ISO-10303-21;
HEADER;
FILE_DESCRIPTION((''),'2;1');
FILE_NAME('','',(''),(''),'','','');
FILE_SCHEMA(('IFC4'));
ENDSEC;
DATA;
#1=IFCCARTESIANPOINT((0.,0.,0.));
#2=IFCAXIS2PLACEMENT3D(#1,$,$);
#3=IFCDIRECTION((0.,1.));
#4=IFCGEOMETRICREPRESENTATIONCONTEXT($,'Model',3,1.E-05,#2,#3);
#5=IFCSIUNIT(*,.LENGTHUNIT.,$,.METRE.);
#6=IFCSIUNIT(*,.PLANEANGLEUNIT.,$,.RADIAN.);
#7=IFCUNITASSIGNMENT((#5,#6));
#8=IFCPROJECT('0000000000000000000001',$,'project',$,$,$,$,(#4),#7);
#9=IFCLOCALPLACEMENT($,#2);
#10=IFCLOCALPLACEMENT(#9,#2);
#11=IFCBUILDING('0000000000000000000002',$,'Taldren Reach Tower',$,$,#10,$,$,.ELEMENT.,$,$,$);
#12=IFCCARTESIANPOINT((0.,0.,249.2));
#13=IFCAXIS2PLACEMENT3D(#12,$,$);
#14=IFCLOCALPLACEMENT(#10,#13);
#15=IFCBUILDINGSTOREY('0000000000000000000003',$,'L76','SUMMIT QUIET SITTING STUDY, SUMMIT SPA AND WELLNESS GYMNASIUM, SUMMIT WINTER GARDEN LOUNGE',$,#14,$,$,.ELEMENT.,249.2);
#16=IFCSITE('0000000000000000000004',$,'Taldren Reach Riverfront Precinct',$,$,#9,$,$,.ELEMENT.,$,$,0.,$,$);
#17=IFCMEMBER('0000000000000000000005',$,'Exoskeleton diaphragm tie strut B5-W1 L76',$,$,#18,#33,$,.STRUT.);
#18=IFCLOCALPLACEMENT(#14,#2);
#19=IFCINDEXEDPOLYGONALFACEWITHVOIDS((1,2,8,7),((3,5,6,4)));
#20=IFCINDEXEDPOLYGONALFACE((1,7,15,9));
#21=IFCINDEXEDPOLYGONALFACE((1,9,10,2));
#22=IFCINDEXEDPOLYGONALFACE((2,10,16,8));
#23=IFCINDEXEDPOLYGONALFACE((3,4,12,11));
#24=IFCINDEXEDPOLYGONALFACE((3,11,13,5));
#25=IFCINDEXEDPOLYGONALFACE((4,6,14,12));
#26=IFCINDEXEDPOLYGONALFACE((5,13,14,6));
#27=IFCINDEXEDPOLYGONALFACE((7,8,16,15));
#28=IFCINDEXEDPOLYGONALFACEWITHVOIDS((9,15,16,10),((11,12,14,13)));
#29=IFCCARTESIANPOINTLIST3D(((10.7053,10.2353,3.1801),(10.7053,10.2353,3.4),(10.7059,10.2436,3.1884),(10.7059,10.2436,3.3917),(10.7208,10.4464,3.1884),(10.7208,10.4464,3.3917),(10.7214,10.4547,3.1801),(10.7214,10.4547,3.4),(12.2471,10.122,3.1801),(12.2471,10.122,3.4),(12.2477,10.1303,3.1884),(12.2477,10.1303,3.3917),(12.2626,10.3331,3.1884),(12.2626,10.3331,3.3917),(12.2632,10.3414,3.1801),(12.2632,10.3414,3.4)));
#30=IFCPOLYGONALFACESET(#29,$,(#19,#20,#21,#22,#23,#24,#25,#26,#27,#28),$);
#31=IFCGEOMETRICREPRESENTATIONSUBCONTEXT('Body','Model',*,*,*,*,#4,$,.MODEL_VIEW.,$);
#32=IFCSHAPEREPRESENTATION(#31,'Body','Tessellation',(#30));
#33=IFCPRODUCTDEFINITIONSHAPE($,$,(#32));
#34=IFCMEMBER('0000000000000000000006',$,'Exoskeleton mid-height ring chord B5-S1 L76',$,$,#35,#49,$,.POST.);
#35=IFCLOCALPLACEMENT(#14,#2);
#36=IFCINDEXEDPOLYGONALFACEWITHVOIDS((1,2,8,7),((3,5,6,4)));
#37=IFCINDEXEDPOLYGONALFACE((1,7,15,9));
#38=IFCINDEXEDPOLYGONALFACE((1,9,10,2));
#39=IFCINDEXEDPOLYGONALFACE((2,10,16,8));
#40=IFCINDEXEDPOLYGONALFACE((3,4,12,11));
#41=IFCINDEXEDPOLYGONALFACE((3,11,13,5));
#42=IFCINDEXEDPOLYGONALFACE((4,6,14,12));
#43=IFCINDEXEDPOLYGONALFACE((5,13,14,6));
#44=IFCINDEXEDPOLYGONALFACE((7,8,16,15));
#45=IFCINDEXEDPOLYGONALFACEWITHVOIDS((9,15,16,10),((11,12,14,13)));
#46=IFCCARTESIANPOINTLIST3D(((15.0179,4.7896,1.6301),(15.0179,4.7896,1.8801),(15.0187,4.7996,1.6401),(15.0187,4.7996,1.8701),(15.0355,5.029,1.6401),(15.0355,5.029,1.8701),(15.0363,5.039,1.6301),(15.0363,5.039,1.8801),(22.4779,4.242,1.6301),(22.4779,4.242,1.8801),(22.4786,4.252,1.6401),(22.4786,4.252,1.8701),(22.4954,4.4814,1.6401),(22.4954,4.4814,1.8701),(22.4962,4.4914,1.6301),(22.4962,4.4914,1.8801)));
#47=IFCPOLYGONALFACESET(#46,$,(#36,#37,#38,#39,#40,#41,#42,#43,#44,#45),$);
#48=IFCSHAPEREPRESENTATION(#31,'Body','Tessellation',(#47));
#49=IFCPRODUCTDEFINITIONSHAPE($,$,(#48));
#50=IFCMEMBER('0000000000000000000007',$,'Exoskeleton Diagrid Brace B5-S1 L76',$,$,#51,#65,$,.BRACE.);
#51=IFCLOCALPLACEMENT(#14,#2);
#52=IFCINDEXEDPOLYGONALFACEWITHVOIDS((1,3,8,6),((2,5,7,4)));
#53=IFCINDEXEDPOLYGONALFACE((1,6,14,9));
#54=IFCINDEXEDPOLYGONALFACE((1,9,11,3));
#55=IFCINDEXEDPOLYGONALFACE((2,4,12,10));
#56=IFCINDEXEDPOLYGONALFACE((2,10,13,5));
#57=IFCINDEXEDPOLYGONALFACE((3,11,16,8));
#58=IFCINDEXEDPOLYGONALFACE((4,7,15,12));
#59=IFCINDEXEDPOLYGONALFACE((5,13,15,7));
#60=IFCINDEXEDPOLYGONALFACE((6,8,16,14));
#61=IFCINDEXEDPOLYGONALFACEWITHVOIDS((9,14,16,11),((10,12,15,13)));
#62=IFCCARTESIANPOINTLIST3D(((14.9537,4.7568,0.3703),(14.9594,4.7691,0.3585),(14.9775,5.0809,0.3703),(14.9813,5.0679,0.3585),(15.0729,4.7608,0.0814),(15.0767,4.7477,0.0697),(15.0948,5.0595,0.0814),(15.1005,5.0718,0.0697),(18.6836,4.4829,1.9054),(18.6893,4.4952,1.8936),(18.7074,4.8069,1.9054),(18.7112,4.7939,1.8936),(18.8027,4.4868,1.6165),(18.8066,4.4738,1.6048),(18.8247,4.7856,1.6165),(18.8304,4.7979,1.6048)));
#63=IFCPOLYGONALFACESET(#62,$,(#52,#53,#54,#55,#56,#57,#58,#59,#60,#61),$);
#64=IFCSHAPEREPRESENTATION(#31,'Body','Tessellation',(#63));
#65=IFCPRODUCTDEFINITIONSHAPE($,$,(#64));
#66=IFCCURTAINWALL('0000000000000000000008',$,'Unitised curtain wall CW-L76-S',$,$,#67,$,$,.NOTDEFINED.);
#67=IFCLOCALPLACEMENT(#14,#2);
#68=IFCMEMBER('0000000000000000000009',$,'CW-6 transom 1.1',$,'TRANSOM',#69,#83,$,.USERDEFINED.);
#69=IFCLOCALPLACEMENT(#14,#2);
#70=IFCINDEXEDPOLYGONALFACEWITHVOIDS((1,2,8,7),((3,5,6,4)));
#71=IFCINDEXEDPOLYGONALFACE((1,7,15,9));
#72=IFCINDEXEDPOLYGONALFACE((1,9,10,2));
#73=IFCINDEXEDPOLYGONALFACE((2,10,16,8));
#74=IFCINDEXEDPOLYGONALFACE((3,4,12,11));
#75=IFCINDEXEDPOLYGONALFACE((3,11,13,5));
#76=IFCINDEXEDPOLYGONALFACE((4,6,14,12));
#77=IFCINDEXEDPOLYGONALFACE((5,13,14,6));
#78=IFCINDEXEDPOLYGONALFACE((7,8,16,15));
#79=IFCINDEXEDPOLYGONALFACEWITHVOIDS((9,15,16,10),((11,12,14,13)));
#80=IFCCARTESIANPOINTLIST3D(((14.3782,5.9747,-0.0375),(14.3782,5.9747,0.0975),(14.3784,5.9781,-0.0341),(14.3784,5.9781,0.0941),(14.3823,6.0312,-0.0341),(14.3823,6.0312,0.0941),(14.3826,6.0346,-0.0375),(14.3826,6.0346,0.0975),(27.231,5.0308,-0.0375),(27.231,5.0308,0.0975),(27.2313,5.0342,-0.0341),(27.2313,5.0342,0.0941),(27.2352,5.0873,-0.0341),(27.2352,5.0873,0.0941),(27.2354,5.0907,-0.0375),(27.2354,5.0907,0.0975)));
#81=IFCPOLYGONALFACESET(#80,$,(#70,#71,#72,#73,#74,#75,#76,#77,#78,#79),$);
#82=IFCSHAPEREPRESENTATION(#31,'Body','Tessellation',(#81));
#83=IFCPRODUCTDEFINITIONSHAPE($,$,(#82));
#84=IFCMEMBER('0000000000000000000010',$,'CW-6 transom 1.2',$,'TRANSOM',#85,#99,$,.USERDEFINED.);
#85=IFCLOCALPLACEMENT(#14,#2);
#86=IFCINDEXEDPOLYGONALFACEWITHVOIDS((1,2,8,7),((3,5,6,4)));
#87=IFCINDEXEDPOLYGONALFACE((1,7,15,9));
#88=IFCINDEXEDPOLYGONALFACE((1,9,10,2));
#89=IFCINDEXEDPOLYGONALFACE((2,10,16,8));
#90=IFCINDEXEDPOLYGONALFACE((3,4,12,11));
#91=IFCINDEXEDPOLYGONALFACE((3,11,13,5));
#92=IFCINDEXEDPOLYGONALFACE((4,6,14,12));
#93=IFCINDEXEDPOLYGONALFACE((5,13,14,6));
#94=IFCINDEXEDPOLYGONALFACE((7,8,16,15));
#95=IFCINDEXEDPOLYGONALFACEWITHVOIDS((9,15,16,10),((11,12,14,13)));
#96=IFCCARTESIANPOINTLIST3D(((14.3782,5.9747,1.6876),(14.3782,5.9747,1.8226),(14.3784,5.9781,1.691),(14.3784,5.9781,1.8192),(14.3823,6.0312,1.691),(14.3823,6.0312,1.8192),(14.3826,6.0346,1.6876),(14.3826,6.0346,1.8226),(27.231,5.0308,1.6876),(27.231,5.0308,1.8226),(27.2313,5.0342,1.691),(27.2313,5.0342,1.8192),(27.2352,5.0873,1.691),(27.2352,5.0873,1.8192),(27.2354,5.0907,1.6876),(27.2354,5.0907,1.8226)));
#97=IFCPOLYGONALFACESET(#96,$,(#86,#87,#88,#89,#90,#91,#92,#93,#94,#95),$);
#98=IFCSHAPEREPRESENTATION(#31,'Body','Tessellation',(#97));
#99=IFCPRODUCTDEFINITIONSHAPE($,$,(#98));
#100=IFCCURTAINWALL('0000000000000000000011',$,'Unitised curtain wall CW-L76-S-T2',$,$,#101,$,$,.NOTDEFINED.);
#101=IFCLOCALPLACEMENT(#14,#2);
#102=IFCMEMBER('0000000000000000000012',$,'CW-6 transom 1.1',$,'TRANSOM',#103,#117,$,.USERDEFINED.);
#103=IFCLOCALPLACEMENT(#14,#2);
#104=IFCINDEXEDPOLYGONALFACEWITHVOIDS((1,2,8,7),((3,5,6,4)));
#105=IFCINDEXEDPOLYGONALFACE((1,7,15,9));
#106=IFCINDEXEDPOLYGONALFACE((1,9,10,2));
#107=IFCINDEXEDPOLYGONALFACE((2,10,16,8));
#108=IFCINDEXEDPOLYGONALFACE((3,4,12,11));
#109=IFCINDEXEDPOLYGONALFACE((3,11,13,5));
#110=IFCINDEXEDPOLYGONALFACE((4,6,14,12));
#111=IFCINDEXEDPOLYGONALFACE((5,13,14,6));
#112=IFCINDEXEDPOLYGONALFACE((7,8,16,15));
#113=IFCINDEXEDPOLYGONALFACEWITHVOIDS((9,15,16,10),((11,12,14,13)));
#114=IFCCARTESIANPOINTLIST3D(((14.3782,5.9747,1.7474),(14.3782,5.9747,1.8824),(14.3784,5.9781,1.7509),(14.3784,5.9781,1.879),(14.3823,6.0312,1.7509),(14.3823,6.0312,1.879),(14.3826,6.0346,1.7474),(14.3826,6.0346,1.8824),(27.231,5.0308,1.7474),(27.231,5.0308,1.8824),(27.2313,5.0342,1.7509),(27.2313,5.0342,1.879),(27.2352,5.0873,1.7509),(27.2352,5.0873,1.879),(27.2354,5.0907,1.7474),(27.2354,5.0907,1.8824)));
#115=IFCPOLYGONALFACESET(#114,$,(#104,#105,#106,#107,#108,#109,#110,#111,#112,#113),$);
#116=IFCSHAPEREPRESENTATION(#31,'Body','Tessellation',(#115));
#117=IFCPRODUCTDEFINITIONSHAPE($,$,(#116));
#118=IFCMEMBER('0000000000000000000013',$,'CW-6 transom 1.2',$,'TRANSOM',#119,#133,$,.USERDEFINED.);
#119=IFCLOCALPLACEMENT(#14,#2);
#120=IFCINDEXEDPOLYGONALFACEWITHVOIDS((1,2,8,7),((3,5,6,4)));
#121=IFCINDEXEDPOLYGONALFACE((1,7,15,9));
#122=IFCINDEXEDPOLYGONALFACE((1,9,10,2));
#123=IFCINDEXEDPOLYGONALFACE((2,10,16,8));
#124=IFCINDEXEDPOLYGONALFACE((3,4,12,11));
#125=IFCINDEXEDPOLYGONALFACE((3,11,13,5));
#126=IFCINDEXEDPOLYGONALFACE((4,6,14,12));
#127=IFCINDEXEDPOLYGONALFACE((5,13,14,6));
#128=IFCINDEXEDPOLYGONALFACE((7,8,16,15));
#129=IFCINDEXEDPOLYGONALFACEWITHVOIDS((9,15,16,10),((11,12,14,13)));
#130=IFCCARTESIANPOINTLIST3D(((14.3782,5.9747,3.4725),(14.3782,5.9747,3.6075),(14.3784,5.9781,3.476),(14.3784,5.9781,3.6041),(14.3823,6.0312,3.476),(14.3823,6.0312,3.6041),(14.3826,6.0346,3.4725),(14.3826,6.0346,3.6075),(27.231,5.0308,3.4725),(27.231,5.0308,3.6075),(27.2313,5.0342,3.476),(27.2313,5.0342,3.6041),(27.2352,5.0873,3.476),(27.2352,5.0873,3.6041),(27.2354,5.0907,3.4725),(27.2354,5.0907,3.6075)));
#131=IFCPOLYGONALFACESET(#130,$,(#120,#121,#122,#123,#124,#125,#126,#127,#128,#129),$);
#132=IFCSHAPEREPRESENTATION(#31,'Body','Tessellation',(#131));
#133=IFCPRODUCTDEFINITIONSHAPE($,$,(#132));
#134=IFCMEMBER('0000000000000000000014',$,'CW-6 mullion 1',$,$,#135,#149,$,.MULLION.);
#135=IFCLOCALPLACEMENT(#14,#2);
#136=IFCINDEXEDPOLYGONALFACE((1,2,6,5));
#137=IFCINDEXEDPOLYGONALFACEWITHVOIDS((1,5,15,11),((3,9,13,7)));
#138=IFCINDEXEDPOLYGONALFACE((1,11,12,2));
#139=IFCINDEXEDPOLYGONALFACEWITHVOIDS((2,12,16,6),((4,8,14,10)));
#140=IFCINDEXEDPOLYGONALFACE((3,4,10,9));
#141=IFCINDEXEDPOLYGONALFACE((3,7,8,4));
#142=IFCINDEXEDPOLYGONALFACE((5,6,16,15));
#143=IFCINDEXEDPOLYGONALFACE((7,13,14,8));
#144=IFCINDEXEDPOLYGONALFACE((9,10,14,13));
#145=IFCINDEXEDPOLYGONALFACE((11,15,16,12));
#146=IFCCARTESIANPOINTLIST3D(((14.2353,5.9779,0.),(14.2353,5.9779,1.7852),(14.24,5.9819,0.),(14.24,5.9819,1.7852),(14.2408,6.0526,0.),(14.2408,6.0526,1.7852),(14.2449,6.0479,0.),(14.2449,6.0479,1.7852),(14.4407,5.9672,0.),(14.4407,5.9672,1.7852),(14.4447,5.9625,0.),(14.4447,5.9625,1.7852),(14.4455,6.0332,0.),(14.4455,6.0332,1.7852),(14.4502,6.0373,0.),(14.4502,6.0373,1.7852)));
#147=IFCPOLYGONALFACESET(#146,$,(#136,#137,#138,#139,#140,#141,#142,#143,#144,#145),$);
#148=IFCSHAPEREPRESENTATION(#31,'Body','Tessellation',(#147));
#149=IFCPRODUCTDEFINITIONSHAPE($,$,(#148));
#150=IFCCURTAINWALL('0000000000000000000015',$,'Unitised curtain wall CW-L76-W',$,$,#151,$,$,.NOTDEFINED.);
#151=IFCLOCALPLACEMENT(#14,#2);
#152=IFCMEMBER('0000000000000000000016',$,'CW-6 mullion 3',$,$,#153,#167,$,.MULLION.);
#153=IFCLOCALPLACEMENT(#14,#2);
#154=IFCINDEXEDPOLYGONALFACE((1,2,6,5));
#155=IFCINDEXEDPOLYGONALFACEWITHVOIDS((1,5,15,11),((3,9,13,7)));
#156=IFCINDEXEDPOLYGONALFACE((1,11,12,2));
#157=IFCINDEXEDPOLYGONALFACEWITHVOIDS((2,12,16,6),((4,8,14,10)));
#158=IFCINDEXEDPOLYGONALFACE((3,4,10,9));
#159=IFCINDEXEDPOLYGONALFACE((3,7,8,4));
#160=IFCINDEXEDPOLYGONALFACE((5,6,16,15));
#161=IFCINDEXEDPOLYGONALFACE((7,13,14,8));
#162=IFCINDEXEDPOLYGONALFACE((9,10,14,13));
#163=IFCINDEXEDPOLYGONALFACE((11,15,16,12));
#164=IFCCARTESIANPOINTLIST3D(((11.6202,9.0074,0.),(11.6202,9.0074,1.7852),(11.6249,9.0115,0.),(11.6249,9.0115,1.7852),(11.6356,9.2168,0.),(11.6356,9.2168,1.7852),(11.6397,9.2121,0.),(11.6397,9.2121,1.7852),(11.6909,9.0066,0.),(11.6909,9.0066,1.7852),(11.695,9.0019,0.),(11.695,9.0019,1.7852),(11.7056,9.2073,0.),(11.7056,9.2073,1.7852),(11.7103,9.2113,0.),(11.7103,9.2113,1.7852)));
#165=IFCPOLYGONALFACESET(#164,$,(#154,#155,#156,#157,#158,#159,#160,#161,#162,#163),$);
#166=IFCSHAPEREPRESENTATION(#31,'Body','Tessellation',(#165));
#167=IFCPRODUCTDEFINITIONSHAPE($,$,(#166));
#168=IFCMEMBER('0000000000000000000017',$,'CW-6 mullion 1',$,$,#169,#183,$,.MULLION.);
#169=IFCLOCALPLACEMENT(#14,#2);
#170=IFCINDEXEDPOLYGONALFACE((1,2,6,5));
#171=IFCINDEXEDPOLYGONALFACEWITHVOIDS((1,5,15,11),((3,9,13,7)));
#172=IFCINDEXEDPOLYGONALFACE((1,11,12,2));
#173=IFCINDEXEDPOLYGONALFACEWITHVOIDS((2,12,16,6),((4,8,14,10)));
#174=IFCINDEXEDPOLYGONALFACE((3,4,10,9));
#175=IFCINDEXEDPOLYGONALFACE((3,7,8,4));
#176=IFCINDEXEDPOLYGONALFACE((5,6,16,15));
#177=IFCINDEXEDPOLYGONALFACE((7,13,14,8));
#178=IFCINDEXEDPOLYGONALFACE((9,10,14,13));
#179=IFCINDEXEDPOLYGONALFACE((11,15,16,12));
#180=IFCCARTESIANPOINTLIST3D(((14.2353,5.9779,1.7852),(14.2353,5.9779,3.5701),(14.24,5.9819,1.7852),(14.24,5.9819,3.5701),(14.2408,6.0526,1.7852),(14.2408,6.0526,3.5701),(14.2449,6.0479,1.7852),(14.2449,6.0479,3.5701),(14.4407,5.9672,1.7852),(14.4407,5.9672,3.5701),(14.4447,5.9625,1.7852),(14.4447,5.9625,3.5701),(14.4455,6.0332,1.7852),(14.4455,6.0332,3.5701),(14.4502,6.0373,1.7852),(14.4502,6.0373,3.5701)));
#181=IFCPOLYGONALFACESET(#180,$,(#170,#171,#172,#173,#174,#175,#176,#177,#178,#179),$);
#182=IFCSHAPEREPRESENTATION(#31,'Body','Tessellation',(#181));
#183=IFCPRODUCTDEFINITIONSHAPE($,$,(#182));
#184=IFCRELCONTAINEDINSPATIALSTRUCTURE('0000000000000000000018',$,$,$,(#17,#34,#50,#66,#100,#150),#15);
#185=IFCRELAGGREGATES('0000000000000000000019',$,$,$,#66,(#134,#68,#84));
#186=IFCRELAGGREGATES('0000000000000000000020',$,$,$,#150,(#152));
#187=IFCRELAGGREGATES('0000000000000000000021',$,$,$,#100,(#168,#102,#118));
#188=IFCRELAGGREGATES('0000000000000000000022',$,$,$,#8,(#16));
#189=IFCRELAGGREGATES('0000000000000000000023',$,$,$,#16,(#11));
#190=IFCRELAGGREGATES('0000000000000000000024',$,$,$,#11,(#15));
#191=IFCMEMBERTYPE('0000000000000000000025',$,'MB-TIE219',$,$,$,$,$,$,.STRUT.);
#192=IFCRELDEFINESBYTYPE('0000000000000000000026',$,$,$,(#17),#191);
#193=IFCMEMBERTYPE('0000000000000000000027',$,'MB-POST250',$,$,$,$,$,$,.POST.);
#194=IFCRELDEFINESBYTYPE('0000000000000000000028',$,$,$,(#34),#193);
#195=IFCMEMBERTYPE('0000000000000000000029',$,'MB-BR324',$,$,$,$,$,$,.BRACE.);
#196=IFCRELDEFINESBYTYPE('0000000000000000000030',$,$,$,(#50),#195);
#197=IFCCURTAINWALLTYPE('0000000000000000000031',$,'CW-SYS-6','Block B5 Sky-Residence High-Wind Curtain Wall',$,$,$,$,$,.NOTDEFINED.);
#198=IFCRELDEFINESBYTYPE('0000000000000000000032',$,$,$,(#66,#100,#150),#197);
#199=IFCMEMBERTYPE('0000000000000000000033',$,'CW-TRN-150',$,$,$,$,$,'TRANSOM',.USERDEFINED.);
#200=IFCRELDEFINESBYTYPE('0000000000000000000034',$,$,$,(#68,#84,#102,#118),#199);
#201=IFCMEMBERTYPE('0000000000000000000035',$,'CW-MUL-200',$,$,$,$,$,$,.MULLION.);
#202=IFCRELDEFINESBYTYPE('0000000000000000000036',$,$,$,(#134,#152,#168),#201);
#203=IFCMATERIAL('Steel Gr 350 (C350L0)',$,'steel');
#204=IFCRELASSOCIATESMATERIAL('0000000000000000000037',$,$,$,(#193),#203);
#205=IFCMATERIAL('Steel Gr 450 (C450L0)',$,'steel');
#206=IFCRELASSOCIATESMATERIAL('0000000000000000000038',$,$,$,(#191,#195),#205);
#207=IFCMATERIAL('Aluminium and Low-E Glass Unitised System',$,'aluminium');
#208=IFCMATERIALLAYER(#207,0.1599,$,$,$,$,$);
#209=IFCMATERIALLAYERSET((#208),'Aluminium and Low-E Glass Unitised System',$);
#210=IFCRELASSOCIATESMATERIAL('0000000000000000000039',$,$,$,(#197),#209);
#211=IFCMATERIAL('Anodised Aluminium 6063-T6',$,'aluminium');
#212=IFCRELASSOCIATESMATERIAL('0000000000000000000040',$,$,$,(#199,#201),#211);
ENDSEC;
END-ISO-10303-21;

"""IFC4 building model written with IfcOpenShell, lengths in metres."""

from ifc_helpers import new_model, si_unit, direction, frame, origin, origin_2d, place, context, subcontext, project, spatial, hollow_rectangle, extrude, source, transform, mapped, material, layer, layer_set, material_profile, profile_set, type_object, element, aggregate, save


model = new_model("IFC4")

# Units and contexts
model_context = context("Model", 3, precision=1e-05, world=origin(), true_north=direction((0.0, 1.0)))
body_context = subcontext(model_context, "Body", "Model", "MODEL_VIEW")
ifc_project = project(units=[si_unit("LENGTHUNIT", "METRE"), si_unit("PLANEANGLEUNIT", "RADIAN")], contexts=[model_context])

# Site, building, storey
site_placement = place(None, origin())
site = spatial("IfcSite", under=ifc_project, at=site_placement, Name="Taldren Reach Riverfront Precinct", CompositionType="ELEMENT", RefElevation=0.0)
building_placement = place(site_placement, origin())
building = spatial("IfcBuilding", under=site, at=building_placement, Name="Taldren Reach Tower", CompositionType="ELEMENT")
storey_placement = place(building_placement, frame((0.0, 0.0, 249.2)))
storey = spatial("IfcBuildingStorey", under=building, at=storey_placement, Name="L76", Description="SUMMIT QUIET SITTING STUDY, SUMMIT SPA AND WELLNESS GYMNASIUM, SUMMIT WINTER GARDEN LOUNGE", CompositionType="ELEMENT", Elevation=249.2)

# Shared definitions
ifc_material_1 = material(Name="Steel Gr 350 (C350L0)", Category="steel")

# Shared definitions
ifc_material_profile_1 = material_profile(ifc_material_1, hollow_rectangle(XDim=0.25, YDim=0.25, WallThickness=0.01, at=origin_2d()), Name="250x250x10.0SHS")
ifc_profile_set_1 = profile_set([ifc_material_profile_1], Name="Steel Gr 350 (C350L0)")
member_type_1 = type_object("IfcMemberType", Name="MB-POST250", PredefinedType="POST", material=ifc_profile_set_1)
ifc_material_2 = material(Name="Steel Gr 450 (C450L0)", Category="steel")
ifc_material_profile_2 = material_profile(ifc_material_2, hollow_rectangle(XDim=0.22, YDim=0.22, WallThickness=0.0083, at=origin_2d()), Name="220x220x8.2SHS")
ifc_profile_set_2 = profile_set([ifc_material_profile_2], Name="Steel Gr 450 (C450L0)")
member_type_2 = type_object("IfcMemberType", Name="MB-TIE219", PredefinedType="STRUT", material=ifc_profile_set_2)

# Members
shared_shape_1 = source(origin(), body_context, "Body", "SweptSolid", [
    extrude(hollow_rectangle(XDim=0.22, YDim=0.22, WallThickness=0.0083, at=origin_2d()), origin(), (0.0, 0.0, 1.0), 1.5459),
])
member_1_placement = place(storey_placement, frame((12.2551, 10.2317, 3.29), z_axis=(-0.997312, 0.073278, 0.0), x_axis=(-0.073278, -0.997312, 0.0)))
element("IfcMember", 1, at=member_1_placement, inside=storey, type_object=member_type_2, Name="Exoskeleton diaphragm tie strut B5-W1 L76", PredefinedType="STRUT", context=body_context, shape_type="MappedRepresentation", body=[
    mapped(shared_shape_1, transform((0.0, 0.0, 0.0), scale=1.0)),
])
shared_shape_2 = source(origin(), body_context, "Body", "SweptSolid", [
    extrude(hollow_rectangle(XDim=0.25, YDim=0.25, WallThickness=0.01, at=origin_2d()), origin(), (0.0, 0.0, 1.0), 7.48),
])
member_2_placement = place(storey_placement, frame((15.0271, 4.9143, 1.7551), z_axis=(0.997317, -0.073209, 0.0), x_axis=(0.073209, 0.997317, 0.0)))
element("IfcMember", 2, at=member_2_placement, inside=storey, type_object=member_type_1, Name="Exoskeleton mid-height ring chord B5-S1 L76", PredefinedType="POST", context=body_context, shape_type="MappedRepresentation", body=[
    mapped(shared_shape_2, transform((0.0, 0.0, 0.0), scale=1.0)),
])
ifc_material_profile_3 = material_profile(ifc_material_2, hollow_rectangle(XDim=0.325, YDim=0.325, WallThickness=0.0127, at=origin_2d()), Name="325x325x12.7SHS")
ifc_profile_set_3 = profile_set([ifc_material_profile_3], Name="Steel Gr 450 (C450L0)")
member_type_3 = type_object("IfcMemberType", Name="MB-BR324", PredefinedType="BRACE", material=ifc_profile_set_3)
shared_shape_3 = source(origin(), body_context, "Body", "SweptSolid", [
    extrude(hollow_rectangle(XDim=0.325, YDim=0.325, WallThickness=0.0127, at=origin_2d()), origin(), (0.0, 0.0, 1.0), 4.0427),
])
member_3_placement = place(storey_placement, frame((15.0271, 4.9143, 0.22), z_axis=(0.922616, -0.067756, 0.379723), x_axis=(0.073242, 0.997314, 0.0)))
element("IfcMember", 3, at=member_3_placement, inside=storey, type_object=member_type_3, Name="Exoskeleton Diagrid Brace B5-S1 L76", PredefinedType="BRACE", context=body_context, shape_type="MappedRepresentation", body=[
    mapped(shared_shape_3, transform((0.0, 0.0, 0.0), scale=1.0)),
])

# Curtain walls, members
ifc_material_3 = material(Name="Aluminium and Low-E Glass Unitised System", Category="aluminium")
ifc_layer_1 = layer(ifc_material_3, 0.1599)
ifc_layer_set_1 = layer_set([ifc_layer_1], Name="Aluminium and Low-E Glass Unitised System")
curtain_wall_type = type_object("IfcCurtainWallType", Name="CW-SYS-6", Description="Block B5 Sky-Residence High-Wind Curtain Wall", PredefinedType="NOTDEFINED", material=ifc_layer_set_1)
curtain_wall_1_placement = place(storey_placement, origin())
curtain_wall_1 = element("IfcCurtainWall", 4, at=curtain_wall_1_placement, inside=storey, type_object=curtain_wall_type, Name="Unitised curtain wall CW-L76-S", PredefinedType="NOTDEFINED")
ifc_material_4 = material(Name="Anodised Aluminium 6063-T6", Category="aluminium")
ifc_material_profile_4 = material_profile(ifc_material_4, hollow_rectangle(XDim=0.0601, YDim=0.135, WallThickness=0.0034, at=origin_2d()), Name="ALU-135x60x3.5RHS")
ifc_profile_set_4 = profile_set([ifc_material_profile_4], Name="Anodised Aluminium 6063-T6")
member_type_4 = type_object("IfcMemberType", Name="CW-TRN-150", ElementType="TRANSOM", PredefinedType="USERDEFINED", material=ifc_profile_set_4)
shared_shape_4 = source(origin(), body_context, "Body", "SweptSolid", [
    extrude(hollow_rectangle(XDim=0.0601, YDim=0.135, WallThickness=0.0034, at=origin_2d()), origin(), (0.0, 0.0, 1.0), 12.8875),
])
member_4_placement = place(storey_placement, frame((14.3804, 6.0046, 0.03), z_axis=(0.997314, -0.073238, 0.0), x_axis=(0.073238, 0.997314, 0.0)))
member_4 = element("IfcMember", 5, at=member_4_placement, type_object=member_type_4, Name="CW-6 transom 1.1", ObjectType="TRANSOM", PredefinedType="USERDEFINED", context=body_context, shape_type="MappedRepresentation", body=[
    mapped(shared_shape_4, transform((0.0, 0.0, 0.0), scale=1.0)),
])
member_5_placement = place(storey_placement, frame((14.3804, 6.0046, 1.7551), z_axis=(0.997314, -0.073238, 0.0), x_axis=(0.073238, 0.997314, 0.0)))
member_5 = element("IfcMember", 6, at=member_5_placement, type_object=member_type_4, Name="CW-6 transom 1.2", ObjectType="TRANSOM", PredefinedType="USERDEFINED", context=body_context, shape_type="MappedRepresentation", body=[
    mapped(shared_shape_4, transform((0.0, 0.0, 0.0), scale=1.0)),
])
curtain_wall_2_placement = place(storey_placement, origin())
curtain_wall_2 = element("IfcCurtainWall", 7, at=curtain_wall_2_placement, inside=storey, type_object=curtain_wall_type, Name="Unitised curtain wall CW-L76-S-T2", PredefinedType="NOTDEFINED")
member_6_placement = place(storey_placement, frame((14.3804, 6.0046, 1.8149), z_axis=(0.997314, -0.073238, 0.0), x_axis=(0.073238, 0.997314, 0.0)))
member_6 = element("IfcMember", 8, at=member_6_placement, type_object=member_type_4, Name="CW-6 transom 1.1", ObjectType="TRANSOM", PredefinedType="USERDEFINED", context=body_context, shape_type="MappedRepresentation", body=[
    mapped(shared_shape_4, transform((0.0, 0.0, 0.0), scale=1.0)),
])
member_7_placement = place(storey_placement, frame((14.3804, 6.0046, 3.54), z_axis=(0.997314, -0.073238, 0.0), x_axis=(0.073238, 0.997314, 0.0)))
member_7 = element("IfcMember", 9, at=member_7_placement, type_object=member_type_4, Name="CW-6 transom 1.2", ObjectType="TRANSOM", PredefinedType="USERDEFINED", context=body_context, shape_type="MappedRepresentation", body=[
    mapped(shared_shape_4, transform((0.0, 0.0, 0.0), scale=1.0)),
])

# Member
ifc_material_profile_5 = material_profile(ifc_material_4, hollow_rectangle(XDim=0.075, YDim=0.21, WallThickness=0.0044, at=origin_2d()), Name="ALU-210x75x4.5RHS")
ifc_profile_set_5 = profile_set([ifc_material_profile_5], Name="Anodised Aluminium 6063-T6")
member_type_5 = type_object("IfcMemberType", Name="CW-MUL-200", PredefinedType="MULLION", material=ifc_profile_set_5)
shared_shape_5 = source(origin(), body_context, "Body", "SweptSolid", [
    extrude(hollow_rectangle(XDim=0.075, YDim=0.21, WallThickness=0.0044, at=origin_2d()), origin(), (0.0, 0.0, 1.0), 1.7852),
])
member_8_placement = place(storey_placement, frame((14.3428, 6.0076, 0.0), z_axis=(0.0, 0.0, 1.0), x_axis=(0.073238, 0.997314, 0.0)))
member_8 = element("IfcMember", 10, at=member_8_placement, type_object=member_type_5, Name="CW-6 mullion 1", PredefinedType="MULLION", context=body_context, shape_type="MappedRepresentation", body=[
    mapped(shared_shape_5, transform((0.0, 0.0, 0.0), scale=1.0)),
])
aggregate(curtain_wall_1, [member_8, member_4, member_5])

# Curtain wall, member
curtain_wall_3_placement = place(storey_placement, origin())
curtain_wall_3 = element("IfcCurtainWall", 11, at=curtain_wall_3_placement, inside=storey, type_object=curtain_wall_type, Name="Unitised curtain wall CW-L76-W", PredefinedType="NOTDEFINED")
member_9_placement = place(storey_placement, frame((11.6653, 9.1094, 0.0), z_axis=(0.0, 0.0, 1.0), x_axis=(0.997314, -0.073238, 0.0)))
member_9 = element("IfcMember", 12, at=member_9_placement, type_object=member_type_5, Name="CW-6 mullion 3", PredefinedType="MULLION", context=body_context, shape_type="MappedRepresentation", body=[
    mapped(shared_shape_5, transform((0.0, 0.0, 0.0), scale=1.0)),
])
aggregate(curtain_wall_3, [member_9])

# Member
shared_shape_6 = source(origin(), body_context, "Body", "SweptSolid", [
    extrude(hollow_rectangle(XDim=0.075, YDim=0.21, WallThickness=0.0044, at=origin_2d()), origin(), (0.0, 0.0, 1.0), 1.7849),
])
member_10_placement = place(storey_placement, frame((14.3428, 6.0076, 1.7852), z_axis=(0.0, 0.0, 1.0), x_axis=(0.073238, 0.997314, 0.0)))
member_10 = element("IfcMember", 13, at=member_10_placement, type_object=member_type_5, Name="CW-6 mullion 1", PredefinedType="MULLION", context=body_context, shape_type="MappedRepresentation", body=[
    mapped(shared_shape_6, transform((0.0, 0.0, 0.0), scale=1.0)),
])

aggregate(curtain_wall_2, [member_10, member_6, member_7])

save(model, "model.ifc")
